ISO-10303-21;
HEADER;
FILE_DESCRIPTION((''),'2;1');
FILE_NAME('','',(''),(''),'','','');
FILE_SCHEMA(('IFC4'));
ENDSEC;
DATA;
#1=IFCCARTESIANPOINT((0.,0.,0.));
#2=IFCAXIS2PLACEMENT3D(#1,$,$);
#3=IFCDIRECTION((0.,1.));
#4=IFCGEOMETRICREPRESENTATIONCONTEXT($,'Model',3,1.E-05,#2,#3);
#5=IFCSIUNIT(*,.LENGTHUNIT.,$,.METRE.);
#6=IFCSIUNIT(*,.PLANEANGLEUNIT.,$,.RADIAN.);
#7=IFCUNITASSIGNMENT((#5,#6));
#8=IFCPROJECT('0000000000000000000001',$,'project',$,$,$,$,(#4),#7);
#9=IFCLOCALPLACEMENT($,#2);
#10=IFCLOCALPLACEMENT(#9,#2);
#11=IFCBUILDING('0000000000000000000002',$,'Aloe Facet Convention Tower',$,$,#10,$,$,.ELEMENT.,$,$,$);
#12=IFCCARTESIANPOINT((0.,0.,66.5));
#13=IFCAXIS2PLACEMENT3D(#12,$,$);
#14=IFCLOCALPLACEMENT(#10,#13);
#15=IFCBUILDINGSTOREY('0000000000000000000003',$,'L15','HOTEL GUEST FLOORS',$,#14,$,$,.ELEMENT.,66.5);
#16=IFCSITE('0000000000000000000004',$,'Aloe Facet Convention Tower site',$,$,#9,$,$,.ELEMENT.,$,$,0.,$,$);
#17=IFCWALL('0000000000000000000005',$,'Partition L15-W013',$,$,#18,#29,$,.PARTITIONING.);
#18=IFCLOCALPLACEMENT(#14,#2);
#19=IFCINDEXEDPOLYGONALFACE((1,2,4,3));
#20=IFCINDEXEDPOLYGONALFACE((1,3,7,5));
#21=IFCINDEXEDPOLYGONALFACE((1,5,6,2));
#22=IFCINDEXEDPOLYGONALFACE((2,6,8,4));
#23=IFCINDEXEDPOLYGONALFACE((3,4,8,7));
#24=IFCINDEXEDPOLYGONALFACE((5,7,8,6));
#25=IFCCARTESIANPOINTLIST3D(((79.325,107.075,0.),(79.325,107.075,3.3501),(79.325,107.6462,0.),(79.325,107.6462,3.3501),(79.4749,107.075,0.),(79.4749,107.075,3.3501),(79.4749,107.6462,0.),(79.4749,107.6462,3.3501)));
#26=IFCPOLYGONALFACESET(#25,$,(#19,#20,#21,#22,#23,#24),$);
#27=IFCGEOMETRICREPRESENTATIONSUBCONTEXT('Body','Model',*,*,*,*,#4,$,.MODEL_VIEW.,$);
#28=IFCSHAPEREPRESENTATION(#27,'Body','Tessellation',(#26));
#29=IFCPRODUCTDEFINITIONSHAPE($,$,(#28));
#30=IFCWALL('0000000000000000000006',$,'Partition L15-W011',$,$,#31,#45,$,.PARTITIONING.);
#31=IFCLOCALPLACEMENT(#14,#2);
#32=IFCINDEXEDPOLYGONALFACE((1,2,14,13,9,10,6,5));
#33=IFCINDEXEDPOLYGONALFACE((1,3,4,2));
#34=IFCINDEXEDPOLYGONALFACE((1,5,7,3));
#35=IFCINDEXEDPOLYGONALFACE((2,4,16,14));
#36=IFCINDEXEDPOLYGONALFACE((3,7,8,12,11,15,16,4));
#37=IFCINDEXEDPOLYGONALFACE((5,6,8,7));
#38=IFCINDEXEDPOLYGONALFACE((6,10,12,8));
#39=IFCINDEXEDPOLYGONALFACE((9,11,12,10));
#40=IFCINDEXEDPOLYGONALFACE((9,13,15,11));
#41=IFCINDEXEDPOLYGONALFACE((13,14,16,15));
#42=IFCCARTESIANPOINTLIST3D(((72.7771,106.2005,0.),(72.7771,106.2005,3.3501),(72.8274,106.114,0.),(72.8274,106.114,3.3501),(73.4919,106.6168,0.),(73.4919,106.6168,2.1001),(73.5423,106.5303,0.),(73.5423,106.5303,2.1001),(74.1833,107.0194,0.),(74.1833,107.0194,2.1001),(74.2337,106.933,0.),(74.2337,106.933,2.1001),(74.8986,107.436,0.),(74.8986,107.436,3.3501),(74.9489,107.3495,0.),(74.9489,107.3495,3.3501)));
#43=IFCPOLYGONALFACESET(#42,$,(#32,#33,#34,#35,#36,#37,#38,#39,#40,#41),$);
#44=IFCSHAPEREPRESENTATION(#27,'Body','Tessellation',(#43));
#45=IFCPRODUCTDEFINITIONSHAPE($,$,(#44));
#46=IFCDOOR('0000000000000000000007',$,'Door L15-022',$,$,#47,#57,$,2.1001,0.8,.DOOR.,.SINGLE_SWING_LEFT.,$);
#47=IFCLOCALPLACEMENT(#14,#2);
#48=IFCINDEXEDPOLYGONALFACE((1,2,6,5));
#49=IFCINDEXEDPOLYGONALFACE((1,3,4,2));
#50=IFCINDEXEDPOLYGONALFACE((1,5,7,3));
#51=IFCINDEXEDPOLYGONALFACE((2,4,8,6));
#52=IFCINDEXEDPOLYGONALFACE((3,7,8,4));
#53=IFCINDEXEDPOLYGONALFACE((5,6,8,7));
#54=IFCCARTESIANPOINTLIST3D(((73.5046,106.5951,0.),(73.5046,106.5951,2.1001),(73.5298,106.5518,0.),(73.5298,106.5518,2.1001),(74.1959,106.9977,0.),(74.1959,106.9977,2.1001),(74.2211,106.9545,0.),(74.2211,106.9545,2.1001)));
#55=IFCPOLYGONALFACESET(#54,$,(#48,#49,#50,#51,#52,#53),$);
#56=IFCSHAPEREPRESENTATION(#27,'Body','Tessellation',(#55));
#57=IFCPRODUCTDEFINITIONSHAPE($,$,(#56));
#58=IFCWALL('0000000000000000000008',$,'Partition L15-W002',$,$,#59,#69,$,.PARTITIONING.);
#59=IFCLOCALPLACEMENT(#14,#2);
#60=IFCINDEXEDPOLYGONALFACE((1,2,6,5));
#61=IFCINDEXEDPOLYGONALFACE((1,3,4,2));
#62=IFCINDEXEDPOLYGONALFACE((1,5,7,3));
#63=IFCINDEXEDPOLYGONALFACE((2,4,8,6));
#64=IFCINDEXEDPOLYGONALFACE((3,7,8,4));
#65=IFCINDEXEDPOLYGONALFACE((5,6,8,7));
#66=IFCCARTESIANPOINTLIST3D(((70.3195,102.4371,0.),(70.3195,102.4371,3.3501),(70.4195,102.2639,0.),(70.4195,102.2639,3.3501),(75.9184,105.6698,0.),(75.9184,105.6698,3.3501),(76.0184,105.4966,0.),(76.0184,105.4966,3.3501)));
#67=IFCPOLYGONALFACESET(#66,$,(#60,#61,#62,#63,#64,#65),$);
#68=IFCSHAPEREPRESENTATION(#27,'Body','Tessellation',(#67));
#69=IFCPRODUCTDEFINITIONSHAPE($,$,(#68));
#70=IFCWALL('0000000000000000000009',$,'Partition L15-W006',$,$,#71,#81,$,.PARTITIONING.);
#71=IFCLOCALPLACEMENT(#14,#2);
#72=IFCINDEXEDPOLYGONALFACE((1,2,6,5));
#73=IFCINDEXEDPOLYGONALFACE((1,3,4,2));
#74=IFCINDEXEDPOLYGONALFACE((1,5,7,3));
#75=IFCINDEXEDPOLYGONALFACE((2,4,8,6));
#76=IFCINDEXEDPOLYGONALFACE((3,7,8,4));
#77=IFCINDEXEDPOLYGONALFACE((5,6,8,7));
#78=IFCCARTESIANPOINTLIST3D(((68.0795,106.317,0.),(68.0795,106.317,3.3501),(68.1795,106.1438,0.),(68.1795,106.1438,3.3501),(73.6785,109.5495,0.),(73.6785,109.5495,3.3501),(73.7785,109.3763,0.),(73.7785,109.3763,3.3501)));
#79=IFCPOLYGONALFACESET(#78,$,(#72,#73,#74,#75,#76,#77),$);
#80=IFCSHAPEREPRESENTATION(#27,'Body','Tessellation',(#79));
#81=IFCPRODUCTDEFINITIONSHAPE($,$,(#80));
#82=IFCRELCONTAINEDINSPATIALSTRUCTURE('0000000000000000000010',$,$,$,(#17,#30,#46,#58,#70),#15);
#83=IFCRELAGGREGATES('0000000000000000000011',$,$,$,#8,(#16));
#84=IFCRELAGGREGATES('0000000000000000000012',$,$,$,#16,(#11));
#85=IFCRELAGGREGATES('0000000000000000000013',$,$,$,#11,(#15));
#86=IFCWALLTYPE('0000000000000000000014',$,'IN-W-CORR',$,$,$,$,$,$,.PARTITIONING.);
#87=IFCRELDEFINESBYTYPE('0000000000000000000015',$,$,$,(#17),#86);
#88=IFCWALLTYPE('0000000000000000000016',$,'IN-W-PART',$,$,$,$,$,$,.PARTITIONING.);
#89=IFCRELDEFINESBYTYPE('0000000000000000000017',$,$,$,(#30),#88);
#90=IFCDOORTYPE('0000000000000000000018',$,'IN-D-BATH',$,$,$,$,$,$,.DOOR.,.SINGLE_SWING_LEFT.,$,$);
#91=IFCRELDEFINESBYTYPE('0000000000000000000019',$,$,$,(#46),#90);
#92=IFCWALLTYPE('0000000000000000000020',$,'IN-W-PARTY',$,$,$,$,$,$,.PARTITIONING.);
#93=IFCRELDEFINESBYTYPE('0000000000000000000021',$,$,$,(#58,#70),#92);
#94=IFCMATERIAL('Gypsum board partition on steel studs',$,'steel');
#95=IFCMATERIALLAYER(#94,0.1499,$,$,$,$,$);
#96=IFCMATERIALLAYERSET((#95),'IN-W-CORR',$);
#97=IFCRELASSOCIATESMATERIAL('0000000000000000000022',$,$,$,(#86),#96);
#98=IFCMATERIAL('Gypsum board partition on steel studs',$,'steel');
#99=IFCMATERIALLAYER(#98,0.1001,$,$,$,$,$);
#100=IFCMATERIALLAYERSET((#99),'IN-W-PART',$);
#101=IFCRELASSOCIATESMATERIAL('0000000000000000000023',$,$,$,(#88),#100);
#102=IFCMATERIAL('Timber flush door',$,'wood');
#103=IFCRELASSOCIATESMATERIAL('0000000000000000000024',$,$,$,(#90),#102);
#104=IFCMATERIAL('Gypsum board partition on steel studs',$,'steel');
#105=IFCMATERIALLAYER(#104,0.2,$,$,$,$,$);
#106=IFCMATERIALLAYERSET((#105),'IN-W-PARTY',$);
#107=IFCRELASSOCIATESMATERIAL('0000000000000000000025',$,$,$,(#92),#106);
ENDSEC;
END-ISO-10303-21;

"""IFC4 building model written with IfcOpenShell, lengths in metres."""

from ifc_helpers import new_model, si_unit, direction, frame, frame_2d, origin, place, context, subcontext, project, spatial, rectangle, extrude, material, layer, layer_set, type_object, element, fill, save


model = new_model("IFC4")

# Units and contexts
model_context = context("Model", 3, precision=1e-05, world=origin(), true_north=direction((0.0, 1.0)))
body_context = subcontext(model_context, "Body", "Model", "MODEL_VIEW")
ifc_project = project(units=[si_unit("LENGTHUNIT", "METRE"), si_unit("PLANEANGLEUNIT", "RADIAN")], contexts=[model_context])

# Site, building, storey
site_placement = place(None, origin())
site = spatial("IfcSite", under=ifc_project, at=site_placement, Name="Aloe Facet Convention Tower site", CompositionType="ELEMENT", RefElevation=0.0)
building_placement = place(site_placement, origin())
building = spatial("IfcBuilding", under=site, at=building_placement, Name="Aloe Facet Convention Tower", CompositionType="ELEMENT")
storey_placement = place(building_placement, frame((0.0, 0.0, 66.5)))
storey = spatial("IfcBuildingStorey", under=building, at=storey_placement, Name="L15", Description="HOTEL GUEST FLOORS", CompositionType="ELEMENT", Elevation=66.5)

# Shared definitions
ifc_material_1 = material(Name="Gypsum board partition on steel studs", Category="steel")
ifc_layer_1 = layer(ifc_material_1, 0.1499)
ifc_layer_set_1 = layer_set([ifc_layer_1], Name="IN-W-CORR")
wall_type_1 = type_object("IfcWallType", Name="IN-W-CORR", PredefinedType="PARTITIONING", material=ifc_layer_set_1)

# Wall
wall_1_placement = place(storey_placement, frame((79.3999, 107.075, 0.0), z_axis=(0.0, 0.0, 1.0), x_axis=(0.0, 1.0, 0.0)))
element("IfcWall", 1, at=wall_1_placement, inside=storey, type_object=wall_type_1, Name="Partition L15-W013", PredefinedType="PARTITIONING", context=body_context, shape_type="SweptSolid", body=[
    extrude(rectangle(XDim=0.5713, YDim=0.1499, at=frame_2d((0.2856, 0.0))), origin(), (0.0, 0.0, 1.0), 3.3501),
])

# Wall, opening, door
ifc_material_2 = material(Name="Gypsum board partition on steel studs", Category="steel")
ifc_layer_2 = layer(ifc_material_2, 0.1001)
ifc_layer_set_2 = layer_set([ifc_layer_2], Name="IN-W-PART")
wall_type_2 = type_object("IfcWallType", Name="IN-W-PART", PredefinedType="PARTITIONING", material=ifc_layer_set_2)
wall_2_placement = place(storey_placement, frame((72.8022, 106.1572, 0.0), z_axis=(0.0, 0.0, 1.0), x_axis=(0.864132, 0.503265, 0.0)))
wall_2 = element("IfcWall", 2, at=wall_2_placement, inside=storey, type_object=wall_type_2, Name="Partition L15-W011", PredefinedType="PARTITIONING", context=body_context, shape_type="SweptSolid", body=[
    extrude(rectangle(XDim=2.4551, YDim=0.1001, at=frame_2d((1.2275, 0.0))), origin(), (0.0, 0.0, 1.0), 3.3501),
])
opening_1_placement = place(wall_2_placement, frame((0.8274, 0.0, 0.0)))
opening_1 = element("IfcOpeningElement", 3, at=opening_1_placement, cuts=wall_2, PredefinedType="OPENING", context=body_context, shape_type="SweptSolid", body=[
    extrude(rectangle(XDim=0.8, YDim=2.1001, at=frame_2d((0.3999, 1.05))), frame((0.0, 0.0601, 0.0), z_axis=(0.0, -1.0, 0.0), x_axis=(1.0, 0.0, 0.0)), (0.0, 0.0, 1.0), 0.1201),
])
ifc_material_3 = material(Name="Timber flush door", Category="wood")
door_type_1 = type_object("IfcDoorType", Name="IN-D-BATH", OperationType="SINGLE_SWING_LEFT", PredefinedType="DOOR", material=ifc_material_3)
door_1_placement = place(opening_1_placement, origin())
door_1 = element("IfcDoor", 4, at=door_1_placement, inside=storey, type_object=door_type_1, Name="Door L15-022", OperationType="SINGLE_SWING_LEFT", OverallHeight=2.1001, OverallWidth=0.8, PredefinedType="DOOR", context=body_context, shape_type="SweptSolid", body=[
    extrude(rectangle(XDim=0.8, YDim=2.1001, at=frame_2d((0.3999, 1.05))), frame((0.0, 0.0249, 0.0), z_axis=(0.0, -1.0, 0.0), x_axis=(1.0, 0.0, 0.0)), (0.0, 0.0, 1.0), 0.05),
])
fill(opening_1, door_1)

# Walls
ifc_material_4 = material(Name="Gypsum board partition on steel studs", Category="steel")
ifc_layer_3 = layer(ifc_material_4, 0.2)
ifc_layer_set_3 = layer_set([ifc_layer_3], Name="IN-W-PARTY")
wall_type_3 = type_object("IfcWallType", Name="IN-W-PARTY", PredefinedType="PARTITIONING", material=ifc_layer_set_3)
for number, where, z_axis, x_axis, name in (
    (5, (70.3696, 102.3506, 0.0), (0.0, 0.0, 1.0), (0.866015, 0.500018, 0.0), "Partition L15-W002"),
    (6, (68.1296, 106.2305, 0.0), (0.0, 0.0, 1.0), (0.866032, 0.499989, 0.0), "Partition L15-W006"),
):
    element("IfcWall", number, at=place(storey_placement, frame(where, z_axis=z_axis, x_axis=x_axis)), inside=storey, type_object=wall_type_3, Name=name, PredefinedType="PARTITIONING", context=body_context, shape_type="SweptSolid", body=[
        extrude(rectangle(XDim=6.4651, YDim=0.2, at=frame_2d((3.2324, 0.0))), origin(), (0.0, 0.0, 1.0), 3.3501),
    ])

save(model, "model.ifc")
